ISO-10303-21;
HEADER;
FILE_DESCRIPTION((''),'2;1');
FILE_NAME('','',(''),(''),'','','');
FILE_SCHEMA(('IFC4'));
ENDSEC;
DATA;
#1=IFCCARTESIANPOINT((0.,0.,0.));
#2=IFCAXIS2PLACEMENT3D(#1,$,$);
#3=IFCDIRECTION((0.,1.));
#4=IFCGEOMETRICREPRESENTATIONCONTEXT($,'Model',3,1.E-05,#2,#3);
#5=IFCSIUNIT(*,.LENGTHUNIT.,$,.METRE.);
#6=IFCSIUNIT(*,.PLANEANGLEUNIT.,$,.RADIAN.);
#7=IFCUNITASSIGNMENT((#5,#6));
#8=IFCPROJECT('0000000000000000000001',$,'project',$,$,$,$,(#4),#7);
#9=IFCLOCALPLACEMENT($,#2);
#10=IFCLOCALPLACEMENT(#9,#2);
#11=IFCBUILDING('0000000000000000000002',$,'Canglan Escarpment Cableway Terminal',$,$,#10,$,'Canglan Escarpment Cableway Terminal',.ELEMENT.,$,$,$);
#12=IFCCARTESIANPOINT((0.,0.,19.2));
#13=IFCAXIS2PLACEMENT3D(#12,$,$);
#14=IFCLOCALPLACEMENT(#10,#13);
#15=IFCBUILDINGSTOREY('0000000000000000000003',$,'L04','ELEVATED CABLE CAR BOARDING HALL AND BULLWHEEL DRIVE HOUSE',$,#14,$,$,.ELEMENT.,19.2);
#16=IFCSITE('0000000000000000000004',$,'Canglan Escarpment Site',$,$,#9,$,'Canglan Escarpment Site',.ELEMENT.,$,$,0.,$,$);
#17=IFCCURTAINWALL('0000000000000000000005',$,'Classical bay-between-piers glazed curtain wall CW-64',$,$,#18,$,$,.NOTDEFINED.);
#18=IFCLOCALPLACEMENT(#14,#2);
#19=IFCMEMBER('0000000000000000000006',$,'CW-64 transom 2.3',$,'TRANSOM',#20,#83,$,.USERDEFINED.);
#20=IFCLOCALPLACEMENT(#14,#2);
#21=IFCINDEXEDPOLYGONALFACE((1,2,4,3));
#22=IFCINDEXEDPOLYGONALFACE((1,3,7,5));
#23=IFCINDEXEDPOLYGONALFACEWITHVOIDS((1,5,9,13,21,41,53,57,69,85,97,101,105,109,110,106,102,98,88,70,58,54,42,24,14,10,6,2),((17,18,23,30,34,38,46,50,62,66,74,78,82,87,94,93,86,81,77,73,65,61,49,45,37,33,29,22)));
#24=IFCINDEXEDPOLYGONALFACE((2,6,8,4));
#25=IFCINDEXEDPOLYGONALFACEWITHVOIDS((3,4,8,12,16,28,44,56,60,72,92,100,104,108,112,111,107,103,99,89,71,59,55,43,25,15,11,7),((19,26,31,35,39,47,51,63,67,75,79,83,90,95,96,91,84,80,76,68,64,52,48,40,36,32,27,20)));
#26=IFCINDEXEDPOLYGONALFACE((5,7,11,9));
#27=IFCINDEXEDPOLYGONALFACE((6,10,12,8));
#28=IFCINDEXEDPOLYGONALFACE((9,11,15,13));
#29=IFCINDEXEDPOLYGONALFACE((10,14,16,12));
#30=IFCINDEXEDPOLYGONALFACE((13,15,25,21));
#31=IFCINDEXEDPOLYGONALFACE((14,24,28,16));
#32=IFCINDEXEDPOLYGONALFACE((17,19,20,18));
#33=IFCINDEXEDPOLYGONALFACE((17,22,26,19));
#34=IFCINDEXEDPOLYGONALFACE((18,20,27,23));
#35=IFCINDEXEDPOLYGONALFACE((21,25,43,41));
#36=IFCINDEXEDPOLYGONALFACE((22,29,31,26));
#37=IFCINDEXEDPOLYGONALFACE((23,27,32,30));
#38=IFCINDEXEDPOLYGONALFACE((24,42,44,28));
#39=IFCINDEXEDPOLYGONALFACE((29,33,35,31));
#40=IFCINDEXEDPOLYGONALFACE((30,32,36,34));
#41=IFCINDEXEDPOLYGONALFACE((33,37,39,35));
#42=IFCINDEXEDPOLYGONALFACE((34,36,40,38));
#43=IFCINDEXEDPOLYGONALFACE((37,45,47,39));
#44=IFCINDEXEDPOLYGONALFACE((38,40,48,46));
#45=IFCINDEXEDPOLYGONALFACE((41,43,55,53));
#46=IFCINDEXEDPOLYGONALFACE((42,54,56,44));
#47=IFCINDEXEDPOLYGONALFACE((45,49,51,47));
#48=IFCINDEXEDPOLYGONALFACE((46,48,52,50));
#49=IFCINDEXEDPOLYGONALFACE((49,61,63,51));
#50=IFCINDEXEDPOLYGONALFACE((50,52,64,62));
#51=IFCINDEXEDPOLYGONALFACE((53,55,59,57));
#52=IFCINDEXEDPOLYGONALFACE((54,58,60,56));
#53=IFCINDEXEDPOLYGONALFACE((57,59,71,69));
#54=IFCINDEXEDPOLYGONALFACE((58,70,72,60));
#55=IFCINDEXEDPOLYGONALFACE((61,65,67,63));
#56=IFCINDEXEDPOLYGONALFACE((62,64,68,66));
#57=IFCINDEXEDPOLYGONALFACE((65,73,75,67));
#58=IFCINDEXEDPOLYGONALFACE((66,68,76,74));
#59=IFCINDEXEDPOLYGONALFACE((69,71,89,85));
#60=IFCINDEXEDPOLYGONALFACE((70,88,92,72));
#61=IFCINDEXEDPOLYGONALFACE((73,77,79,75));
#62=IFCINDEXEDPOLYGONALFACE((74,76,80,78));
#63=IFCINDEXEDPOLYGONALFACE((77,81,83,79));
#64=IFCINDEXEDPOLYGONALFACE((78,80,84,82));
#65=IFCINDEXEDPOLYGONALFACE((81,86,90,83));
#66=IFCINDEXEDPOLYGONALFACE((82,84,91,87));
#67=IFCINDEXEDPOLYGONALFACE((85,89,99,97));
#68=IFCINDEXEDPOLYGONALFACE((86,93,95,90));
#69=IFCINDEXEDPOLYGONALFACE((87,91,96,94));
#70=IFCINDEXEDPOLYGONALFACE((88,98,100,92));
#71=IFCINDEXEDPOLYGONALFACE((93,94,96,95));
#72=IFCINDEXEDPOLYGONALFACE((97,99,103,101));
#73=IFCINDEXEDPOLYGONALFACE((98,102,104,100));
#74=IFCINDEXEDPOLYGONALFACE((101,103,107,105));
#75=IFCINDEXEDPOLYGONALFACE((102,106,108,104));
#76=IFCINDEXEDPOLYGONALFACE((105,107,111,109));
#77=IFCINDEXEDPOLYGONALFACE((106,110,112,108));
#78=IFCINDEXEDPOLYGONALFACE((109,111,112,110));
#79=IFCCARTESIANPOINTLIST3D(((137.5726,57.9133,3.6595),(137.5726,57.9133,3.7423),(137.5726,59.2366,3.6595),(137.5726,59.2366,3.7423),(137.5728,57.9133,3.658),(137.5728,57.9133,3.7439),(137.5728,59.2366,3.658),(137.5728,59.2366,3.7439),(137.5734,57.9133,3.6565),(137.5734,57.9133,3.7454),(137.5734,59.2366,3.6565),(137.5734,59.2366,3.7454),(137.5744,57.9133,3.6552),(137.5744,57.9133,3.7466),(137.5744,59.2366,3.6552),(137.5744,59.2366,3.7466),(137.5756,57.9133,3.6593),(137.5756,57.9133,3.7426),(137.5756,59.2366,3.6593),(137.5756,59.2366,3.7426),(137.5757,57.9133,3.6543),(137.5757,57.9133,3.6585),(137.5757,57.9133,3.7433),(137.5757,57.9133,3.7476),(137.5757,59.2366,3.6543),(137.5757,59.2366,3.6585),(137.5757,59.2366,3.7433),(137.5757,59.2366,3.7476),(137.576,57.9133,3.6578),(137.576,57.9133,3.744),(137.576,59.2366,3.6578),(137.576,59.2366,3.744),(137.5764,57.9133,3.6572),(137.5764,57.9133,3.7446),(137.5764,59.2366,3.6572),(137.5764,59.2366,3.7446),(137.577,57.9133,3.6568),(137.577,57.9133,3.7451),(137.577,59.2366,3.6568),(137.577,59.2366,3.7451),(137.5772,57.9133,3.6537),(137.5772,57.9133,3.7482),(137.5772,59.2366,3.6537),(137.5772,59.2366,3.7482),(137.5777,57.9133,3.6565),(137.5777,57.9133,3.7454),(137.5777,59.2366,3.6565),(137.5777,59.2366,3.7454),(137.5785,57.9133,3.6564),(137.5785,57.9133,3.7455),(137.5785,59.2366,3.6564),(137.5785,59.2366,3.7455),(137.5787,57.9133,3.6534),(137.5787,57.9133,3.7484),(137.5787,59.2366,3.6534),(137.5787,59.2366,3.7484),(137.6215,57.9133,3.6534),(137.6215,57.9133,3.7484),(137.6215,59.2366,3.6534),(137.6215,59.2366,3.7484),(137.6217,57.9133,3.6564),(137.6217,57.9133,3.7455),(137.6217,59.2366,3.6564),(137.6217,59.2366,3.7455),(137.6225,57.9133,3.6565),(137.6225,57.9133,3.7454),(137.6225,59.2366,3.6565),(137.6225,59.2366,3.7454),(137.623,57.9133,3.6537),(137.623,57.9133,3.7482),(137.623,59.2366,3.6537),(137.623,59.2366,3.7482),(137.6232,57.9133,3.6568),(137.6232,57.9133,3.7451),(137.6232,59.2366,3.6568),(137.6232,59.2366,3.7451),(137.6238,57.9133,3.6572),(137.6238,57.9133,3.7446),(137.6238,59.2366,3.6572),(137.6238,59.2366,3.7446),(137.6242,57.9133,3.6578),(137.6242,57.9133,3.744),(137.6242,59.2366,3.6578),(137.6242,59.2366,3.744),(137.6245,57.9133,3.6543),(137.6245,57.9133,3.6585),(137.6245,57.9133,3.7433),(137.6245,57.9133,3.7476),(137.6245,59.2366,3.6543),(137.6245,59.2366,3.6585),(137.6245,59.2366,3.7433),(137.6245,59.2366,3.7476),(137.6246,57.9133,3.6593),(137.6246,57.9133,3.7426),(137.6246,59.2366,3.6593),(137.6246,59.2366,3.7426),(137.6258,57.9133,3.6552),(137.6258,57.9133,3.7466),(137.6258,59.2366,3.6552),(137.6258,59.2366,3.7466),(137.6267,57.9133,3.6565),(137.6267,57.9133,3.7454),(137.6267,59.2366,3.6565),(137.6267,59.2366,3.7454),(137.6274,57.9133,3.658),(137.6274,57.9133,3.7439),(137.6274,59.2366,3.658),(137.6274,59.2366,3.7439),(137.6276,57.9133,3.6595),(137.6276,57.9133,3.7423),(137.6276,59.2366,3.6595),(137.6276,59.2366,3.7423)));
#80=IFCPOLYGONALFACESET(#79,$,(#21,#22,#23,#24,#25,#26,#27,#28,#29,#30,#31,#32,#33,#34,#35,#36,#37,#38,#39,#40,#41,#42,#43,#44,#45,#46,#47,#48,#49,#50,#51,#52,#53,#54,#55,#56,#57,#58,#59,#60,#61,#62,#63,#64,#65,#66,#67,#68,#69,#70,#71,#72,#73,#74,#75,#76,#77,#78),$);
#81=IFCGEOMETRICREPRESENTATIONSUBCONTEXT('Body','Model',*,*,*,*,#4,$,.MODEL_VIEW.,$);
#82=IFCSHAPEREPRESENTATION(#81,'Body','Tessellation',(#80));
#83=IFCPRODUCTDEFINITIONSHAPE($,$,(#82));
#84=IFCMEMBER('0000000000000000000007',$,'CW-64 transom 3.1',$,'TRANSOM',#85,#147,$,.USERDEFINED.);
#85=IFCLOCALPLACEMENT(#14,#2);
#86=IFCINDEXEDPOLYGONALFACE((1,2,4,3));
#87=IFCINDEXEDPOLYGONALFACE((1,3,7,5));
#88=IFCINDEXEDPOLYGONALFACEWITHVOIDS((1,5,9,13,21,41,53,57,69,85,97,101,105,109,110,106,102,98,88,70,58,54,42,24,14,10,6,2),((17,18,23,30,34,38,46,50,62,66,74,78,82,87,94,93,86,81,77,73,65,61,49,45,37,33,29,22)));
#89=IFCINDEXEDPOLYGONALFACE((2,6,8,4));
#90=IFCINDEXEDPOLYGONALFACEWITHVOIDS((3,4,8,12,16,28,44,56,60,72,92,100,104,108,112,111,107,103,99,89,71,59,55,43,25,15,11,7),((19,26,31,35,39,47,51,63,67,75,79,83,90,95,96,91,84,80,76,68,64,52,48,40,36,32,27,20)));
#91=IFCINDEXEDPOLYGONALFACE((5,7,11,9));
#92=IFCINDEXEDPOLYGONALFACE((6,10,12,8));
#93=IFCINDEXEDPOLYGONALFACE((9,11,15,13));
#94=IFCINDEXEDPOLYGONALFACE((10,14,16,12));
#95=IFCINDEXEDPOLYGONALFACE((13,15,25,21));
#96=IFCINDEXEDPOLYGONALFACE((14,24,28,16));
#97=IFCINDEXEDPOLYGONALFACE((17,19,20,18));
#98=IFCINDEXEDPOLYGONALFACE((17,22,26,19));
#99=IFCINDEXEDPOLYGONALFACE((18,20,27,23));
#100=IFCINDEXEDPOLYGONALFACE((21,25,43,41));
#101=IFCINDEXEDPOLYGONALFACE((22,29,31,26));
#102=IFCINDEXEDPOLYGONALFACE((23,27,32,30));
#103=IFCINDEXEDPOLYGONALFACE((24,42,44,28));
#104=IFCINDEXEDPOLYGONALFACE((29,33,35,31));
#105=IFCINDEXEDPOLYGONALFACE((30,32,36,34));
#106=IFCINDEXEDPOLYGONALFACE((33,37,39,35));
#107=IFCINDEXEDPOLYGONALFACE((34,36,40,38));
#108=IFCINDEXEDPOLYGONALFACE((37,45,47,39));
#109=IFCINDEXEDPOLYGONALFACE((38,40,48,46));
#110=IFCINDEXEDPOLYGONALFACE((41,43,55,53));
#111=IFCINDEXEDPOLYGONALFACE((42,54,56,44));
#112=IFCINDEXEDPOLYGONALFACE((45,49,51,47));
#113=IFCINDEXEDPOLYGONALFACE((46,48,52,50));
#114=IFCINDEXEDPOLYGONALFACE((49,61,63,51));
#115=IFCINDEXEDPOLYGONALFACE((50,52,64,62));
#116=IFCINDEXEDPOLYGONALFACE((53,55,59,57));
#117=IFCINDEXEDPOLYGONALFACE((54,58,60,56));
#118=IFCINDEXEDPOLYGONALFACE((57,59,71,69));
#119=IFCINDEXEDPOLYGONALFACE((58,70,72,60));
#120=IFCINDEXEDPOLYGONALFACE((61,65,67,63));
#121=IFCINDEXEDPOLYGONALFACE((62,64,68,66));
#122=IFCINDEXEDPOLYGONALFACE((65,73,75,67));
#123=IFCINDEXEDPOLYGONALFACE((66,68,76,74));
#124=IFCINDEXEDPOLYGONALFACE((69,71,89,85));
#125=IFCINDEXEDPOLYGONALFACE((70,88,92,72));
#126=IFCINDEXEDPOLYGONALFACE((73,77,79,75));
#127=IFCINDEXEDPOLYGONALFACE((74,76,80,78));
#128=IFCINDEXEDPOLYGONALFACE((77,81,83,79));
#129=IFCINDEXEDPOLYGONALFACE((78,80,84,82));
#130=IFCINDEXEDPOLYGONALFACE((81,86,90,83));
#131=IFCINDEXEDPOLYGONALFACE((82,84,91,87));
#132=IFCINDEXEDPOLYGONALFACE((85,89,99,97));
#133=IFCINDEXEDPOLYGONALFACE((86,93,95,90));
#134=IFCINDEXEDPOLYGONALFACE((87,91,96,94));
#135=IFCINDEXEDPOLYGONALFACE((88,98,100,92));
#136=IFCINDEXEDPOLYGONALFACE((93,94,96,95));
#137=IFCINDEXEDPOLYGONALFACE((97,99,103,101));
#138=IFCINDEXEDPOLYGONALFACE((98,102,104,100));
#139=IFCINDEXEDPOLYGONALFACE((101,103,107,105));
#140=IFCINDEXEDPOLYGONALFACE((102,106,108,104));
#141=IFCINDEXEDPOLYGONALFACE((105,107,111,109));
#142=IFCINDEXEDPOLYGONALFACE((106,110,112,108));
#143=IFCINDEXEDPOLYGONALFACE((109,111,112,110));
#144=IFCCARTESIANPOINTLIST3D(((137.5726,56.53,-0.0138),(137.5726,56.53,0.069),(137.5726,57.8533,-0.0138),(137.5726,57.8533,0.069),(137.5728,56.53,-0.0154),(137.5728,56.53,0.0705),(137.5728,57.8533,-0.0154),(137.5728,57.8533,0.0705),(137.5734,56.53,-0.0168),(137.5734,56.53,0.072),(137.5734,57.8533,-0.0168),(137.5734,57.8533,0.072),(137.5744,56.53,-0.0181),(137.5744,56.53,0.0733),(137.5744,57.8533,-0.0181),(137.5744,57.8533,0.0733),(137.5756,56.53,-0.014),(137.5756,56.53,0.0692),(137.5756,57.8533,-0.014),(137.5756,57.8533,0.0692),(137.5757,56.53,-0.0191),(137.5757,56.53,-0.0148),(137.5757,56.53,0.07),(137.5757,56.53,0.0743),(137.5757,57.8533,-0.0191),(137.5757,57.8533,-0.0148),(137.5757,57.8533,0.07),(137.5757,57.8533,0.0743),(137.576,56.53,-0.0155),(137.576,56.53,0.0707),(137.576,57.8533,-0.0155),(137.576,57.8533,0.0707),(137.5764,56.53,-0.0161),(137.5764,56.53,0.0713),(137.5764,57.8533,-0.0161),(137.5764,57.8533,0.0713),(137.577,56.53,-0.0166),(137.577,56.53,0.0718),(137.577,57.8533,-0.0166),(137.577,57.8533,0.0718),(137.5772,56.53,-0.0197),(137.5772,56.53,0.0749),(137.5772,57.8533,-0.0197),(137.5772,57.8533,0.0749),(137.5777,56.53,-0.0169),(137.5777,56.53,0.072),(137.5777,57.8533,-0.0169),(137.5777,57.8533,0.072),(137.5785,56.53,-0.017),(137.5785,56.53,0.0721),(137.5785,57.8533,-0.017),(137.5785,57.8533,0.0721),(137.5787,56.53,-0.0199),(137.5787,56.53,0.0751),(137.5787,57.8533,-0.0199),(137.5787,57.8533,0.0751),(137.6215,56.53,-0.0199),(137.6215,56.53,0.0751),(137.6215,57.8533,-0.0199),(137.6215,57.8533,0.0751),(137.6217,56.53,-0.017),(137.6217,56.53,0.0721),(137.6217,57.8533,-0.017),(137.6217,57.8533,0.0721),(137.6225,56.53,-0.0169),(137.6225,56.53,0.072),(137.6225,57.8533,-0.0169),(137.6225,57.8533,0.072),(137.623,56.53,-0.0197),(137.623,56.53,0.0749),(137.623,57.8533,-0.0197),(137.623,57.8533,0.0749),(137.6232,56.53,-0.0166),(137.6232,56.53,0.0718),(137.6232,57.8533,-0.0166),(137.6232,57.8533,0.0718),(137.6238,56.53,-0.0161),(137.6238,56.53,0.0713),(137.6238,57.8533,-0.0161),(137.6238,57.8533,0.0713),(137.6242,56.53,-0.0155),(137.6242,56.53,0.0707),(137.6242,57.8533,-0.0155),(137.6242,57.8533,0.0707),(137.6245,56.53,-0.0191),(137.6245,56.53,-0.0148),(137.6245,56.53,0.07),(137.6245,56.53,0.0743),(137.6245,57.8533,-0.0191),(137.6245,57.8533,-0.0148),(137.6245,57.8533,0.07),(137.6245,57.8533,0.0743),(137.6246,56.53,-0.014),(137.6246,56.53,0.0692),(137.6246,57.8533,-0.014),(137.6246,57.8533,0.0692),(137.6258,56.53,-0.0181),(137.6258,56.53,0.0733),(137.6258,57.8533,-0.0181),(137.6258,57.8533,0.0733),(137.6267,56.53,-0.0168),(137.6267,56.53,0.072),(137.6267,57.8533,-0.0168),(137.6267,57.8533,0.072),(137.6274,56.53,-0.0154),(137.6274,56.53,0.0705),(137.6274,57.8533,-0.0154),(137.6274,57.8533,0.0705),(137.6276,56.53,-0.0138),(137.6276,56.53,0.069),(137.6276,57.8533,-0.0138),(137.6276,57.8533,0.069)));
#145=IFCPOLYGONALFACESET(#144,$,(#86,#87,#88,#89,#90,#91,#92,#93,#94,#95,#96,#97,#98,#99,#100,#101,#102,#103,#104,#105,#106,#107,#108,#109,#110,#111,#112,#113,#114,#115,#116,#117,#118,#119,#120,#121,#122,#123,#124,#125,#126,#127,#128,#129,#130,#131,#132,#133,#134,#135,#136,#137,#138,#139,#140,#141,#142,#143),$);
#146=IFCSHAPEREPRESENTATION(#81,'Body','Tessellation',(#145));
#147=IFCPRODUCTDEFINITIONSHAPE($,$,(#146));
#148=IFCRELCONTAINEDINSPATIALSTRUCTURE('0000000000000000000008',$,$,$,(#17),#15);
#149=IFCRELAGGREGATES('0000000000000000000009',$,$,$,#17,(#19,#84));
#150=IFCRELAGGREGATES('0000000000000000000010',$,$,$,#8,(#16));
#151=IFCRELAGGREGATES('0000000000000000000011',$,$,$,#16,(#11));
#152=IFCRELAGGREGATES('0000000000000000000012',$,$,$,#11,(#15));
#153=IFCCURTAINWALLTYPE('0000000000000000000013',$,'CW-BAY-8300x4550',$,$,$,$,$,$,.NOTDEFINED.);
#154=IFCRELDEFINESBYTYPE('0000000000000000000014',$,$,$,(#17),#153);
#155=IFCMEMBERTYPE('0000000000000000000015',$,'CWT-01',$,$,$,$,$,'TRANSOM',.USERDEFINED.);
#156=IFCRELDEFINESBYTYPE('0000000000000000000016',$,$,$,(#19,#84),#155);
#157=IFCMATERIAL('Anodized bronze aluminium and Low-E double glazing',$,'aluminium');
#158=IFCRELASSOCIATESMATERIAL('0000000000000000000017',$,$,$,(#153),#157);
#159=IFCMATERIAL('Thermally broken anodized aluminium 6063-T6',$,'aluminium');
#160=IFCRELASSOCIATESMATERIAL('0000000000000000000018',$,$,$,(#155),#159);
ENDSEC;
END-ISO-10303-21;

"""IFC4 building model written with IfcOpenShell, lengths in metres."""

from ifc_helpers import new_model, si_unit, direction, frame, origin, origin_2d, place, context, subcontext, project, spatial, hollow_rectangle, extrude, material, material_profile, profile_set, type_object, element, aggregate, save


model = new_model("IFC4")

# Units and contexts
model_context = context("Model", 3, precision=1e-05, world=origin(), true_north=direction((0.0, 1.0)))
body_context = subcontext(model_context, "Body", "Model", "MODEL_VIEW")
ifc_project = project(units=[si_unit("LENGTHUNIT", "METRE"), si_unit("PLANEANGLEUNIT", "RADIAN")], contexts=[model_context])

# Site, building, storey
site_placement = place(None, origin())
site = spatial("IfcSite", under=ifc_project, at=site_placement, Name="Canglan Escarpment Site", LongName="Canglan Escarpment Site", CompositionType="ELEMENT", RefElevation=0.0)
building_placement = place(site_placement, origin())
building = spatial("IfcBuilding", under=site, at=building_placement, Name="Canglan Escarpment Cableway Terminal", LongName="Canglan Escarpment Cableway Terminal", CompositionType="ELEMENT")
storey_placement = place(building_placement, frame((0.0, 0.0, 19.2)))
storey = spatial("IfcBuildingStorey", under=building, at=storey_placement, Name="L04", Description="ELEVATED CABLE CAR BOARDING HALL AND BULLWHEEL DRIVE HOUSE", CompositionType="ELEMENT", Elevation=19.2)

# Curtain wall, members
ifc_material_1 = material(Name="Anodized bronze aluminium and Low-E double glazing", Category="aluminium")
curtain_wall_type = type_object("IfcCurtainWallType", Name="CW-BAY-8300x4550", PredefinedType="NOTDEFINED", material=ifc_material_1)
curtain_wall_placement = place(storey_placement, origin())
curtain_wall = element("IfcCurtainWall", 1, at=curtain_wall_placement, inside=storey, type_object=curtain_wall_type, Name="Classical bay-between-piers glazed curtain wall CW-64", PredefinedType="NOTDEFINED")
ifc_material_2 = material(Name="Thermally broken anodized aluminium 6063-T6", Category="aluminium")
ifc_material_profile_1 = material_profile(ifc_material_2, hollow_rectangle(XDim=0.0549, YDim=0.095, WallThickness=0.0029, InnerFilletRadius=0.0029, OuterFilletRadius=0.0061, at=origin_2d()), Name="ALU-TRAN 55x95x3")
ifc_profile_set_1 = profile_set([ifc_material_profile_1], Name="Thermally broken anodized aluminium 6063-T6")
member_type_1 = type_object("IfcMemberType", Name="CWT-01", ElementType="TRANSOM", PredefinedType="USERDEFINED", material=ifc_profile_set_1)
member_1_placement = place(storey_placement, frame((137.6001, 59.2366, 3.7009), z_axis=(0.0, -1.0, 0.0), x_axis=(1.0, 0.0, 0.0)))
member_1 = element("IfcMember", 2, at=member_1_placement, type_object=member_type_1, Name="CW-64 transom 2.3", ObjectType="TRANSOM", PredefinedType="USERDEFINED", context=body_context, shape_type="SweptSolid", body=[
    extrude(hollow_rectangle(XDim=0.0549, YDim=0.095, WallThickness=0.0029, InnerFilletRadius=0.0029, OuterFilletRadius=0.0061, at=origin_2d()), origin(), (0.0, 0.0, 1.0), 1.3232),
])
member_2_placement = place(storey_placement, frame((137.6001, 57.8533, 0.0276), z_axis=(0.0, -1.0, 0.0), x_axis=(1.0, 0.0, 0.0)))
member_2 = element("IfcMember", 3, at=member_2_placement, type_object=member_type_1, Name="CW-64 transom 3.1", ObjectType="TRANSOM", PredefinedType="USERDEFINED", context=body_context, shape_type="SweptSolid", body=[
    extrude(hollow_rectangle(XDim=0.0549, YDim=0.095, WallThickness=0.0029, InnerFilletRadius=0.0029, OuterFilletRadius=0.0061, at=origin_2d()), origin(), (0.0, 0.0, 1.0), 1.3232),
])
aggregate(curtain_wall, [member_1, member_2])

save(model, "model.ifc")
